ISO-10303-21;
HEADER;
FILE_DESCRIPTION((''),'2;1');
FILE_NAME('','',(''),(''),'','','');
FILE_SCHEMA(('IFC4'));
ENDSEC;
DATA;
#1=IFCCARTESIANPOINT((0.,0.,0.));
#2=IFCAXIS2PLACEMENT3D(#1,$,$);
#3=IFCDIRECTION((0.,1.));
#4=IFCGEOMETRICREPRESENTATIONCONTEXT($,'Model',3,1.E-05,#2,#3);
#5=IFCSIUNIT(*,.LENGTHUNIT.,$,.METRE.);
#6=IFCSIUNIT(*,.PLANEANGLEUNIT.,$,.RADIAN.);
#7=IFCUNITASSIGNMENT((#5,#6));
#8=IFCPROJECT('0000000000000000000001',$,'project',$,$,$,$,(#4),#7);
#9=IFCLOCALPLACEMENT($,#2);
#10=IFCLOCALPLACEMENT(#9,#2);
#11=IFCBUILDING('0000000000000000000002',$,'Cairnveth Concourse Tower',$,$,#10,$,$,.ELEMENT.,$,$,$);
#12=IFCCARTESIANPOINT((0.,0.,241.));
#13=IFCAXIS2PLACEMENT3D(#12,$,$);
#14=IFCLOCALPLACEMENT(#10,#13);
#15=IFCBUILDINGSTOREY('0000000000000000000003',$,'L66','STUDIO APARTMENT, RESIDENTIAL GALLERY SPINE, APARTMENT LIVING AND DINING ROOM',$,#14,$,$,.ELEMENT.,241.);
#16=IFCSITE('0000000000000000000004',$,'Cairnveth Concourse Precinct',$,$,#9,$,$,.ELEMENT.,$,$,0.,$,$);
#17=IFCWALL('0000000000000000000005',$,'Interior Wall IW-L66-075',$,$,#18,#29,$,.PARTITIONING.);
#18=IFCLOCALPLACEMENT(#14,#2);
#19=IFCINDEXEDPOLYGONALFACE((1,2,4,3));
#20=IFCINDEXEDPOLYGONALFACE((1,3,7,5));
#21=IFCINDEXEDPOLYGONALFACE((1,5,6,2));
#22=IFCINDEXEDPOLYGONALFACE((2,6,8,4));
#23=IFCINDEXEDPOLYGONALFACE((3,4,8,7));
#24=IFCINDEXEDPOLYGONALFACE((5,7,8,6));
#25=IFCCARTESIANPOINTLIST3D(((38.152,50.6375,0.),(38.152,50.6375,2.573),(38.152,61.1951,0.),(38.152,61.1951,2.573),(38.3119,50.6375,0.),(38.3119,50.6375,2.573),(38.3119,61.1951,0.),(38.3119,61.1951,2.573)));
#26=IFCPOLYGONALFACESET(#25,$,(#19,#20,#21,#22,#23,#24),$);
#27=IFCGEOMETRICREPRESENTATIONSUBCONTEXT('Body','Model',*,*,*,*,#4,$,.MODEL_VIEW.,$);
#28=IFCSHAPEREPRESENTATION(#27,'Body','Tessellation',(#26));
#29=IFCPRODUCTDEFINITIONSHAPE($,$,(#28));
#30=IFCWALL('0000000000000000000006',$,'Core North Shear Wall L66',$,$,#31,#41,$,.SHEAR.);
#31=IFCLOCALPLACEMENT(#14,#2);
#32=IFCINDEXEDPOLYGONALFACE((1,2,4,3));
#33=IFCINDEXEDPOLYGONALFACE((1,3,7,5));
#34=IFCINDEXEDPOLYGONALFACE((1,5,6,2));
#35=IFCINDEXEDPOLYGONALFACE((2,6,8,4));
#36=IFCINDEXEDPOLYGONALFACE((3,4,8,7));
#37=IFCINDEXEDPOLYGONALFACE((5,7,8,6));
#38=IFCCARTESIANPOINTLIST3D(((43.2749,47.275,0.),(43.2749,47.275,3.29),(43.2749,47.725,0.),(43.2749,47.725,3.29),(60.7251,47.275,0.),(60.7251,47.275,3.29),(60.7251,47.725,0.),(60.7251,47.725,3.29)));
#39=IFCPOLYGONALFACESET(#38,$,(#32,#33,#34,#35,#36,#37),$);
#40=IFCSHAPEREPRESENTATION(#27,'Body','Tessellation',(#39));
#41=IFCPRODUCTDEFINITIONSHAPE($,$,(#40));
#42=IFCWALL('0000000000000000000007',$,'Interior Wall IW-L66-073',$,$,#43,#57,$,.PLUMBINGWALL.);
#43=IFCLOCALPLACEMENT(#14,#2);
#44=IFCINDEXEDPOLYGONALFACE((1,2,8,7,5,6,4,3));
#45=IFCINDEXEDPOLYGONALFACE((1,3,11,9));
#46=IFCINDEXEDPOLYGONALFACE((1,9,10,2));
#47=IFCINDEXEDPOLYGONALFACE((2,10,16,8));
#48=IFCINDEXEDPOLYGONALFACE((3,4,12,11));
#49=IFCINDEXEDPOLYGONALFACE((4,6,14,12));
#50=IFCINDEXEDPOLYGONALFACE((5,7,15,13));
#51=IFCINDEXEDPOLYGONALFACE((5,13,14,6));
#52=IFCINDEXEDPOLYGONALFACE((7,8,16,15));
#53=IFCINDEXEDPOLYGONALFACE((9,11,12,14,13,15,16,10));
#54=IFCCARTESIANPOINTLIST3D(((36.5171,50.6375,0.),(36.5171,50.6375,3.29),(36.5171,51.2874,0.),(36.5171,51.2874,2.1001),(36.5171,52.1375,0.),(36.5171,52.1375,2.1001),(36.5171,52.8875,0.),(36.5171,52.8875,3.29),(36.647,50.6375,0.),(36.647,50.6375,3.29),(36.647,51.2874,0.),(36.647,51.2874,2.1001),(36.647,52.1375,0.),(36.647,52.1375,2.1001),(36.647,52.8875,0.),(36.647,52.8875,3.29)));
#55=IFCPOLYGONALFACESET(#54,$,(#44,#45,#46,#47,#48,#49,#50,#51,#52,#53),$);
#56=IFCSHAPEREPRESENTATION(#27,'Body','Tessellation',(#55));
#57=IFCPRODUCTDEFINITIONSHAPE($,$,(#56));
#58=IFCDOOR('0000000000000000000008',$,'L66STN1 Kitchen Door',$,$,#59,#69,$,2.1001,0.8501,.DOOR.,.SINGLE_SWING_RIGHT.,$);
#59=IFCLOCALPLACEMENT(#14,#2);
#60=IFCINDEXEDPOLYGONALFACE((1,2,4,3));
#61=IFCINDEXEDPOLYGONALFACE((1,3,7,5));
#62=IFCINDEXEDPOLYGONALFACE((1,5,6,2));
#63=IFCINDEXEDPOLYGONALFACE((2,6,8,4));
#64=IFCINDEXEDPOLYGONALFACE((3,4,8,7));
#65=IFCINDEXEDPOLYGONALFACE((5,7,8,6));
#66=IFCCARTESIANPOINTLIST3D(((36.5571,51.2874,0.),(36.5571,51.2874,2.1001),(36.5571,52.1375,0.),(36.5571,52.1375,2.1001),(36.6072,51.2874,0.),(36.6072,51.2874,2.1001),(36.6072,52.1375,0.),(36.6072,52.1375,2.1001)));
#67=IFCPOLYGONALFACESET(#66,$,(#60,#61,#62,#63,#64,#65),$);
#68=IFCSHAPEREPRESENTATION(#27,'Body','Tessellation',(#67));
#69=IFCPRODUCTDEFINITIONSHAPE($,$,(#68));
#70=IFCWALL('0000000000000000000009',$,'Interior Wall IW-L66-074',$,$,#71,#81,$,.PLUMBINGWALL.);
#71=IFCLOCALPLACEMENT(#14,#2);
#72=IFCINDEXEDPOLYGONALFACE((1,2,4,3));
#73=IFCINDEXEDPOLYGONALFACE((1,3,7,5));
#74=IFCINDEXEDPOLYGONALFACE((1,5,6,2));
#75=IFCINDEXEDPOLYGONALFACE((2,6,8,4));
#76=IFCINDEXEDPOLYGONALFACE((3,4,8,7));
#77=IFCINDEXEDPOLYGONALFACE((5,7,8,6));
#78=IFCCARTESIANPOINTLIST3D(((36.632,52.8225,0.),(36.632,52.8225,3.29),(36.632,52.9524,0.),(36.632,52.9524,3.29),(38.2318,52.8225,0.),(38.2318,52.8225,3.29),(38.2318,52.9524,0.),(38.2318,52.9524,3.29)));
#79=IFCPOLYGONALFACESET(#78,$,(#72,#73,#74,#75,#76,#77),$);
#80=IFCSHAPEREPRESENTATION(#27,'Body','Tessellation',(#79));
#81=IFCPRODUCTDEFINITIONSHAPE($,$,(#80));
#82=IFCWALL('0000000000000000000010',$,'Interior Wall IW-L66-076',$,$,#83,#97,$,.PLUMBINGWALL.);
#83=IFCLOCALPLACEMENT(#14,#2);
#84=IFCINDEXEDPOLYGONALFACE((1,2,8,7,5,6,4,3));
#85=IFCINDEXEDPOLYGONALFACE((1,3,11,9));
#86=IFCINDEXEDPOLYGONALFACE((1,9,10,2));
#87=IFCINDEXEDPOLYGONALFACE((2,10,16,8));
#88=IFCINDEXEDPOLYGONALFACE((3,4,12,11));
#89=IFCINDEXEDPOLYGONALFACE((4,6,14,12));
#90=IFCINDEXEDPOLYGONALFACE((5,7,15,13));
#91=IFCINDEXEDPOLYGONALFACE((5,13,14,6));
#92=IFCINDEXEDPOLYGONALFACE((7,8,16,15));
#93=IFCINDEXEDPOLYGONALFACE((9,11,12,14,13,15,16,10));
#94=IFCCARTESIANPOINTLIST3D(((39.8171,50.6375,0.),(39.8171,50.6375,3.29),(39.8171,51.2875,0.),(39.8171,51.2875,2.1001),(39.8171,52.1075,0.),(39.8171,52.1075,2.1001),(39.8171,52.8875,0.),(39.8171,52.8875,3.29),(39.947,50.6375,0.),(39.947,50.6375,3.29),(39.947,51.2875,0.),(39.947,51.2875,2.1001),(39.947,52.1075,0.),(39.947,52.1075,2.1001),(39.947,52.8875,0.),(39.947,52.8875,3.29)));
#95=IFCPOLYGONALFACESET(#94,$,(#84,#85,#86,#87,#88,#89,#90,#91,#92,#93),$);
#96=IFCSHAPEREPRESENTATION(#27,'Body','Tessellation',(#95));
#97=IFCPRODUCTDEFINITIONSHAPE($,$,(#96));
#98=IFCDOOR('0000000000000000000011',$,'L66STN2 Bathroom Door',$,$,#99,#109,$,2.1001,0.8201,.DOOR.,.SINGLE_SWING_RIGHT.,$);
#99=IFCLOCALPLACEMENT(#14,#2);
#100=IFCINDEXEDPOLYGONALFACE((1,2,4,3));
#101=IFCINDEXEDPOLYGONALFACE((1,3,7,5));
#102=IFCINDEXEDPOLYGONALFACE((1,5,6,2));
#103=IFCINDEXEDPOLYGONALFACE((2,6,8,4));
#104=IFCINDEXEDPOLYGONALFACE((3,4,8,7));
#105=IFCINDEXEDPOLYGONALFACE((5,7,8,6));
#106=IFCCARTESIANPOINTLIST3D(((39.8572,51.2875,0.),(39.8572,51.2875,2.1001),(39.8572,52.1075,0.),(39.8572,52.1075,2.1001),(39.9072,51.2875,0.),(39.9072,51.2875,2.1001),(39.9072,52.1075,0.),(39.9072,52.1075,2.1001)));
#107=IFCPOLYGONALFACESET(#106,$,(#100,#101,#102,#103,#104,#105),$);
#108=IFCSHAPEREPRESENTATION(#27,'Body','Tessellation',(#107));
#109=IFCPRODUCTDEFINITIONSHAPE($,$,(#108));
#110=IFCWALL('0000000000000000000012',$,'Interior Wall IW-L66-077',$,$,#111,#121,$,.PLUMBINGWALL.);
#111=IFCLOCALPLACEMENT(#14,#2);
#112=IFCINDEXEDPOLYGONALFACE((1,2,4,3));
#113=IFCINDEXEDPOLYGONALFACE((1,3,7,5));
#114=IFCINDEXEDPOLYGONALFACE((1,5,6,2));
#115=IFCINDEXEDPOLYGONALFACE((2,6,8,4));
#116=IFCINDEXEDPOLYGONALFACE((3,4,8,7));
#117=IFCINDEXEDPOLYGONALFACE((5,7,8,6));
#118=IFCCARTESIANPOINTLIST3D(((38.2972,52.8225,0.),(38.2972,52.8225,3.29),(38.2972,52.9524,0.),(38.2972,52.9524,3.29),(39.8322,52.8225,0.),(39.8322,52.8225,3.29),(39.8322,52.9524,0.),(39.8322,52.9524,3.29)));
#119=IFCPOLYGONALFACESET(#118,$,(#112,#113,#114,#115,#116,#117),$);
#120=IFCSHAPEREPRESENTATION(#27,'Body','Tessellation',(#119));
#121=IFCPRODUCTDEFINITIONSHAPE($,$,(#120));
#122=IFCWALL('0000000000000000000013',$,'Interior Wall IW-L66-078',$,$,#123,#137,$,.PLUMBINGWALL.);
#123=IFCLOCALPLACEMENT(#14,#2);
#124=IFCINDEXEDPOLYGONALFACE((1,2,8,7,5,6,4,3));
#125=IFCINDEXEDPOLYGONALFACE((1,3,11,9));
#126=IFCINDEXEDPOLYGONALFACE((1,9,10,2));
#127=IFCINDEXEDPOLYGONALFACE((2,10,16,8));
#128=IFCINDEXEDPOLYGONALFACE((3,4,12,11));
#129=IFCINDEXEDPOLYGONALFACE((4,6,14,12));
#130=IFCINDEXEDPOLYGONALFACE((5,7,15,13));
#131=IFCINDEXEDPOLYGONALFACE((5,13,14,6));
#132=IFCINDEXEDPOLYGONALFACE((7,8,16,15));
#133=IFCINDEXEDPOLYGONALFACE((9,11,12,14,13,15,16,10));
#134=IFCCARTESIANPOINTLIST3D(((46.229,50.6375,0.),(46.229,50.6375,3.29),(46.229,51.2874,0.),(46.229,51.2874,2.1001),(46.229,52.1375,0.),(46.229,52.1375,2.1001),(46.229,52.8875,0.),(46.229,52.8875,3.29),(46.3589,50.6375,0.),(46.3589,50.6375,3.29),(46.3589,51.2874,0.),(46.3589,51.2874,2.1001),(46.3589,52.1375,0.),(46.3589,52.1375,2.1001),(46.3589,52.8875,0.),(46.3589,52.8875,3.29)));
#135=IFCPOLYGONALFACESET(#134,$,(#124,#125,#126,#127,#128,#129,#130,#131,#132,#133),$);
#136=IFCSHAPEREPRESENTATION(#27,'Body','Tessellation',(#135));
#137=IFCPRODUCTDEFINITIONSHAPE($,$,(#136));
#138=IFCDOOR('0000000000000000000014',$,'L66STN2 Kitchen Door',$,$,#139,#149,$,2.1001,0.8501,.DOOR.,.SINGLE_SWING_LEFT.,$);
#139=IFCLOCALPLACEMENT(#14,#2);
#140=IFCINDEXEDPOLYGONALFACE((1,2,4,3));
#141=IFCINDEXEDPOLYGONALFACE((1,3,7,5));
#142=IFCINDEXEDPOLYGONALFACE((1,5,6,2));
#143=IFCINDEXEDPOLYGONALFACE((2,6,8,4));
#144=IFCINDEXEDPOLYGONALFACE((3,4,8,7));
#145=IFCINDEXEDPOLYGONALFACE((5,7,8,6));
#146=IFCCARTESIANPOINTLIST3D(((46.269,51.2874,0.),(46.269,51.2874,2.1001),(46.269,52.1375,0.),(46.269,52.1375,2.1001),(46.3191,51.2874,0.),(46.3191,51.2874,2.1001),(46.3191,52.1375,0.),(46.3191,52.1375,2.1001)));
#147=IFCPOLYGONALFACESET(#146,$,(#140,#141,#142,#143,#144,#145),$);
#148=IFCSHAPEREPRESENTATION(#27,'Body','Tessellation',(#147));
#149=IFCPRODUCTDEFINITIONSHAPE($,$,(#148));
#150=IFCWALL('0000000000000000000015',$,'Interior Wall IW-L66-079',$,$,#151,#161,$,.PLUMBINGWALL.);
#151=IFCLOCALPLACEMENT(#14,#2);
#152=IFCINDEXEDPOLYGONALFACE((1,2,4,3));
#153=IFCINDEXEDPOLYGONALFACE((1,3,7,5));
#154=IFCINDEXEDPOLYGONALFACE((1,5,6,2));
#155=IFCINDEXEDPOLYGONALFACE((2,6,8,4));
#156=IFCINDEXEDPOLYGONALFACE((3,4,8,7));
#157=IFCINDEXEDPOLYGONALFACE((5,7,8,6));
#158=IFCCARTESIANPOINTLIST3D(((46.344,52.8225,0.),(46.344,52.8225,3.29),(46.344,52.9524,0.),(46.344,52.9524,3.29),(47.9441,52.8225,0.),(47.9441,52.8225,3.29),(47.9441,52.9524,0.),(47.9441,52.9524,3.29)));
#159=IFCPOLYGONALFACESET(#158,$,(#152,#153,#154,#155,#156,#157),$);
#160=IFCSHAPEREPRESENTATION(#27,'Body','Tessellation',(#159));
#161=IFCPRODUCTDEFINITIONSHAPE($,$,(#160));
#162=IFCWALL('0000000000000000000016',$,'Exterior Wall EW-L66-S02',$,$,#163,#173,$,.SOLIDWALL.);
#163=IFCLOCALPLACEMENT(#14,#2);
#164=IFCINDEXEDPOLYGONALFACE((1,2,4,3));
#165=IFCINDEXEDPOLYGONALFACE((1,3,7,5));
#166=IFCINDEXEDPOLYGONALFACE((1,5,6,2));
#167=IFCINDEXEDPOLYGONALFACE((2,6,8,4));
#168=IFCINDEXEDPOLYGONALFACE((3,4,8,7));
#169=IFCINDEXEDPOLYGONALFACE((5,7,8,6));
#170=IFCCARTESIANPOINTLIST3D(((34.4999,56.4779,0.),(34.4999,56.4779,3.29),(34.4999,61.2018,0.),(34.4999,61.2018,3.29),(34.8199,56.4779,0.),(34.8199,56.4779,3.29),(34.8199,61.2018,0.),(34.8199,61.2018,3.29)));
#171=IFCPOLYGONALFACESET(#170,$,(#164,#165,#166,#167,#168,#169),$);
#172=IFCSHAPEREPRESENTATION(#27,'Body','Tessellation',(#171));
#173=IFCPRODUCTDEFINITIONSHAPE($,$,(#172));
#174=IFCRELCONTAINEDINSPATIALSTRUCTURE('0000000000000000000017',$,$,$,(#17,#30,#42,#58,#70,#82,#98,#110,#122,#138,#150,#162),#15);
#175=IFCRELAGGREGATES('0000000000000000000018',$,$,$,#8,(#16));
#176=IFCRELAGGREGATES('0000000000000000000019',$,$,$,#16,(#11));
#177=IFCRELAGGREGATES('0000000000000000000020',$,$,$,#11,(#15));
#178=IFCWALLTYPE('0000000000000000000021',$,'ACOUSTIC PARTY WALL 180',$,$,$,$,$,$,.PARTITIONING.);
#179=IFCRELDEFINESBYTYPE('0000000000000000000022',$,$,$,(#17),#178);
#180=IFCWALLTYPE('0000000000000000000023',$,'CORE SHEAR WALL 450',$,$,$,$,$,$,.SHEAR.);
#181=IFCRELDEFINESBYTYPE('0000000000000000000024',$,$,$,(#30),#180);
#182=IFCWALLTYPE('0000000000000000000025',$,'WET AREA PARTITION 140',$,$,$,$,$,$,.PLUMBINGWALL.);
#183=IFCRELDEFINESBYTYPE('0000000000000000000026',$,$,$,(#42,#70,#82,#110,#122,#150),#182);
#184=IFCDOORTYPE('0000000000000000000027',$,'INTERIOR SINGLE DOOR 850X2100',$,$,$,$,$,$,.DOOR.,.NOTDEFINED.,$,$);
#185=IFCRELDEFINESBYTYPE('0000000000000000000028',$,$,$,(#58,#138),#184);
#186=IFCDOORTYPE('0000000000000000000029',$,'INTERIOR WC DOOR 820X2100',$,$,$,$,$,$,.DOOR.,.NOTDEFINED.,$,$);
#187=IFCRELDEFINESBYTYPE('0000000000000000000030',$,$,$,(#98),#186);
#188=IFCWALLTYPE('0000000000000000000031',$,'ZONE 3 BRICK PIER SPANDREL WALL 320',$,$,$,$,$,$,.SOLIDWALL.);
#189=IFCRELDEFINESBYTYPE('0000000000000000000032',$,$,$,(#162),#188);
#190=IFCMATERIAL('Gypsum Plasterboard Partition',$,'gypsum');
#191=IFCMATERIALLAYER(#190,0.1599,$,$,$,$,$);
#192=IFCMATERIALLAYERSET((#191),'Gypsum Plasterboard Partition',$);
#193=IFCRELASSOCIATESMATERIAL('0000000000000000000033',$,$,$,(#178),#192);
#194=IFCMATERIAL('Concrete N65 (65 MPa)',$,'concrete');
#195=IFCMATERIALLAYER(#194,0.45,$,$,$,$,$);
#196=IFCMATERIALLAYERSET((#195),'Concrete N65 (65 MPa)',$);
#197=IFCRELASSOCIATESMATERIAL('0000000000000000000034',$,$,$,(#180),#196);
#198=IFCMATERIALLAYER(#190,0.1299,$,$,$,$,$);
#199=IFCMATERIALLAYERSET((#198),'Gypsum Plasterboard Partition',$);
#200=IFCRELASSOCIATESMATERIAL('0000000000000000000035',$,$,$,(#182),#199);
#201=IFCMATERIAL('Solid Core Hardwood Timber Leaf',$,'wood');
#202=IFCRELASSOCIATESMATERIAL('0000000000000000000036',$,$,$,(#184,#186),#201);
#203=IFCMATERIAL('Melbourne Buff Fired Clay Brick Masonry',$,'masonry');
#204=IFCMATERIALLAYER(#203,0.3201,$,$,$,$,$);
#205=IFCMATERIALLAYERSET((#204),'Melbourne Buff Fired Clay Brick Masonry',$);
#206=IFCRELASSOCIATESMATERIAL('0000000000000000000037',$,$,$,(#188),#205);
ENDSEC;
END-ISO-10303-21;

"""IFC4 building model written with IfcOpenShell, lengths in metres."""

from ifc_helpers import new_model, si_unit, direction, frame, frame_2d, origin, place, context, subcontext, project, spatial, rectangle, extrude, material, layer, layer_set, type_object, element, fill, save


model = new_model("IFC4")

# Units and contexts
model_context = context("Model", 3, precision=1e-05, world=origin(), true_north=direction((0.0, 1.0)))
body_context = subcontext(model_context, "Body", "Model", "MODEL_VIEW")
ifc_project = project(units=[si_unit("LENGTHUNIT", "METRE"), si_unit("PLANEANGLEUNIT", "RADIAN")], contexts=[model_context])

# Site, building, storey
site_placement = place(None, origin())
site = spatial("IfcSite", under=ifc_project, at=site_placement, Name="Cairnveth Concourse Precinct", CompositionType="ELEMENT", RefElevation=0.0)
building_placement = place(site_placement, origin())
building = spatial("IfcBuilding", under=site, at=building_placement, Name="Cairnveth Concourse Tower", CompositionType="ELEMENT")
storey_placement = place(building_placement, frame((0.0, 0.0, 241.0)))
storey = spatial("IfcBuildingStorey", under=building, at=storey_placement, Name="L66", Description="STUDIO APARTMENT, RESIDENTIAL GALLERY SPINE, APARTMENT LIVING AND DINING ROOM", CompositionType="ELEMENT", Elevation=241.0)

# Shared definitions
ifc_material_1 = material(Name="Concrete N65 (65 MPa)", Category="concrete")

# Walls
ifc_material_2 = material(Name="Gypsum Plasterboard Partition", Category="gypsum")
ifc_layer_1 = layer(ifc_material_2, 0.1599)
ifc_layer_set_1 = layer_set([ifc_layer_1], Name="Gypsum Plasterboard Partition")
wall_type_1 = type_object("IfcWallType", Name="ACOUSTIC PARTY WALL 180", PredefinedType="PARTITIONING", material=ifc_layer_set_1)
wall_1_placement = place(storey_placement, frame((38.2319, 50.6375, 0.0), z_axis=(0.0, 0.0, 1.0), x_axis=(0.0, 1.0, 0.0)))
element("IfcWall", 1, at=wall_1_placement, inside=storey, type_object=wall_type_1, Name="Interior Wall IW-L66-075", PredefinedType="PARTITIONING", context=body_context, shape_type="SweptSolid", body=[
    extrude(rectangle(XDim=10.5576, YDim=0.1599, at=frame_2d((5.2788, 0.0))), origin(), (0.0, 0.0, 1.0), 2.573),
])
ifc_layer_2 = layer(ifc_material_1, 0.45)
ifc_layer_set_2 = layer_set([ifc_layer_2], Name="Concrete N65 (65 MPa)")
wall_type_2 = type_object("IfcWallType", Name="CORE SHEAR WALL 450", PredefinedType="SHEAR", material=ifc_layer_set_2)
wall_2_placement = place(storey_placement, frame((43.2749, 47.5, 0.0), z_axis=(0.0, 0.0, 1.0), x_axis=(1.0, 0.0, 0.0)))
element("IfcWall", 2, at=wall_2_placement, inside=storey, type_object=wall_type_2, Name="Core North Shear Wall L66", PredefinedType="SHEAR", context=body_context, shape_type="SweptSolid", body=[
    extrude(rectangle(XDim=17.4502, YDim=0.45, at=frame_2d((8.7251, 0.0))), origin(), (0.0, 0.0, 1.0), 3.29),
])

# Wall, opening, door
ifc_layer_3 = layer(ifc_material_2, 0.1299)
ifc_layer_set_3 = layer_set([ifc_layer_3], Name="Gypsum Plasterboard Partition")
wall_type_3 = type_object("IfcWallType", Name="WET AREA PARTITION 140", PredefinedType="PLUMBINGWALL", material=ifc_layer_set_3)
wall_3_placement = place(storey_placement, frame((36.582, 50.6375, 0.0), z_axis=(0.0, 0.0, 1.0), x_axis=(0.0, 1.0, 0.0)))
wall_3 = element("IfcWall", 3, at=wall_3_placement, inside=storey, type_object=wall_type_3, Name="Interior Wall IW-L66-073", PredefinedType="PLUMBINGWALL", context=body_context, shape_type="SweptSolid", body=[
    extrude(rectangle(XDim=2.25, YDim=0.1299, at=frame_2d((1.125, 0.0))), origin(), (0.0, 0.0, 1.0), 3.29),
])
opening_1_placement = place(wall_3_placement, frame((0.6499, 0.0, 0.0)))
opening_1 = element("IfcOpeningElement", 4, at=opening_1_placement, cuts=wall_3, PredefinedType="OPENING", context=body_context, shape_type="SweptSolid", body=[
    extrude(rectangle(XDim=0.8501, YDim=2.1001, at=frame_2d((0.425, 1.05))), frame((0.0, 0.075, 0.0), z_axis=(0.0, -1.0, 0.0), x_axis=(1.0, 0.0, 0.0)), (0.0, 0.0, 1.0), 0.1499),
])
ifc_material_3 = material(Name="Solid Core Hardwood Timber Leaf", Category="wood")
door_type_1 = type_object("IfcDoorType", Name="INTERIOR SINGLE DOOR 850X2100", OperationType="NOTDEFINED", PredefinedType="DOOR", material=ifc_material_3)
door_1_placement = place(opening_1_placement, origin())
door_1 = element("IfcDoor", 5, at=door_1_placement, inside=storey, type_object=door_type_1, Name="L66STN1 Kitchen Door", OperationType="SINGLE_SWING_RIGHT", OverallHeight=2.1001, OverallWidth=0.8501, PredefinedType="DOOR", context=body_context, shape_type="SweptSolid", body=[
    extrude(rectangle(XDim=0.8501, YDim=2.1001, at=frame_2d((0.425, 1.05))), frame((0.0, 0.0249, 0.0), z_axis=(0.0, -1.0, 0.0), x_axis=(1.0, 0.0, 0.0)), (0.0, 0.0, 1.0), 0.05),
])
fill(opening_1, door_1)

# Wall
wall_4_placement = place(storey_placement, frame((36.6321, 52.8875, 0.0), z_axis=(0.0, 0.0, 1.0), x_axis=(1.0, 0.0, 0.0)))
element("IfcWall", 6, at=wall_4_placement, inside=storey, type_object=wall_type_3, Name="Interior Wall IW-L66-074", PredefinedType="PLUMBINGWALL", context=body_context, shape_type="SweptSolid", body=[
    extrude(rectangle(XDim=1.5999, YDim=0.1299, at=frame_2d((0.7998, 0.0))), origin(), (0.0, 0.0, 1.0), 3.29),
])

# Wall, opening, door
wall_5_placement = place(storey_placement, frame((39.8821, 50.6375, 0.0), z_axis=(0.0, 0.0, 1.0), x_axis=(0.0, 1.0, 0.0)))
wall_5 = element("IfcWall", 7, at=wall_5_placement, inside=storey, type_object=wall_type_3, Name="Interior Wall IW-L66-076", PredefinedType="PLUMBINGWALL", context=body_context, shape_type="SweptSolid", body=[
    extrude(rectangle(XDim=2.25, YDim=0.1299, at=frame_2d((1.125, 0.0))), origin(), (0.0, 0.0, 1.0), 3.29),
])
opening_2_placement = place(wall_5_placement, frame((0.6499, 0.0, 0.0)))
opening_2 = element("IfcOpeningElement", 8, at=opening_2_placement, cuts=wall_5, PredefinedType="OPENING", context=body_context, shape_type="SweptSolid", body=[
    extrude(rectangle(XDim=0.8201, YDim=2.1001, at=frame_2d((0.4102, 1.05))), frame((0.0, 0.075, 0.0), z_axis=(0.0, -1.0, 0.0), x_axis=(1.0, 0.0, 0.0)), (0.0, 0.0, 1.0), 0.1499),
])
door_type_2 = type_object("IfcDoorType", Name="INTERIOR WC DOOR 820X2100", OperationType="NOTDEFINED", PredefinedType="DOOR", material=ifc_material_3)
door_2_placement = place(opening_2_placement, origin())
door_2 = element("IfcDoor", 9, at=door_2_placement, inside=storey, type_object=door_type_2, Name="L66STN2 Bathroom Door", OperationType="SINGLE_SWING_RIGHT", OverallHeight=2.1001, OverallWidth=0.8201, PredefinedType="DOOR", context=body_context, shape_type="SweptSolid", body=[
    extrude(rectangle(XDim=0.8201, YDim=2.1001, at=frame_2d((0.4102, 1.05))), frame((0.0, 0.0249, 0.0), z_axis=(0.0, -1.0, 0.0), x_axis=(1.0, 0.0, 0.0)), (0.0, 0.0, 1.0), 0.05),
])
fill(opening_2, door_2)

# Wall
wall_6_placement = place(storey_placement, frame((38.2971, 52.8875, 0.0), z_axis=(0.0, 0.0, 1.0), x_axis=(1.0, 0.0, 0.0)))
element("IfcWall", 10, at=wall_6_placement, inside=storey, type_object=wall_type_3, Name="Interior Wall IW-L66-077", PredefinedType="PLUMBINGWALL", context=body_context, shape_type="SweptSolid", body=[
    extrude(rectangle(XDim=1.5349, YDim=0.1299, at=frame_2d((0.7676, 0.0))), origin(), (0.0, 0.0, 1.0), 3.29),
])

# Wall, opening, door
wall_7_placement = place(storey_placement, frame((46.2939, 50.6375, 0.0), z_axis=(0.0, 0.0, 1.0), x_axis=(0.0, 1.0, 0.0)))
wall_7 = element("IfcWall", 11, at=wall_7_placement, inside=storey, type_object=wall_type_3, Name="Interior Wall IW-L66-078", PredefinedType="PLUMBINGWALL", context=body_context, shape_type="SweptSolid", body=[
    extrude(rectangle(XDim=2.25, YDim=0.1299, at=frame_2d((1.125, 0.0))), origin(), (0.0, 0.0, 1.0), 3.29),
])
opening_3_placement = place(wall_7_placement, frame((0.6499, 0.0, 0.0)))
opening_3 = element("IfcOpeningElement", 12, at=opening_3_placement, cuts=wall_7, PredefinedType="OPENING", context=body_context, shape_type="SweptSolid", body=[
    extrude(rectangle(XDim=0.8501, YDim=2.1001, at=frame_2d((0.425, 1.05))), frame((0.0, 0.075, 0.0), z_axis=(0.0, -1.0, 0.0), x_axis=(1.0, 0.0, 0.0)), (0.0, 0.0, 1.0), 0.1499),
])
door_3_placement = place(opening_3_placement, origin())
door_3 = element("IfcDoor", 13, at=door_3_placement, inside=storey, type_object=door_type_1, Name="L66STN2 Kitchen Door", OperationType="SINGLE_SWING_LEFT", OverallHeight=2.1001, OverallWidth=0.8501, PredefinedType="DOOR", context=body_context, shape_type="SweptSolid", body=[
    extrude(rectangle(XDim=0.8501, YDim=2.1001, at=frame_2d((0.425, 1.05))), frame((0.0, 0.0249, 0.0), z_axis=(0.0, -1.0, 0.0), x_axis=(1.0, 0.0, 0.0)), (0.0, 0.0, 1.0), 0.05),
])
fill(opening_3, door_3)

# Walls
wall_8_placement = place(storey_placement, frame((46.344, 52.8875, 0.0), z_axis=(0.0, 0.0, 1.0), x_axis=(1.0, 0.0, 0.0)))
element("IfcWall", 14, at=wall_8_placement, inside=storey, type_object=wall_type_3, Name="Interior Wall IW-L66-079", PredefinedType="PLUMBINGWALL", context=body_context, shape_type="SweptSolid", body=[
    extrude(rectangle(XDim=1.6001, YDim=0.1299, at=frame_2d((0.8, 0.0))), origin(), (0.0, 0.0, 1.0), 3.29),
])
ifc_material_4 = material(Name="Melbourne Buff Fired Clay Brick Masonry", Category="masonry")
ifc_layer_4 = layer(ifc_material_4, 0.3201)
ifc_layer_set_4 = layer_set([ifc_layer_4], Name="Melbourne Buff Fired Clay Brick Masonry")
wall_type_4 = type_object("IfcWallType", Name="ZONE 3 BRICK PIER SPANDREL WALL 320", PredefinedType="SOLIDWALL", material=ifc_layer_set_4)
wall_9_placement = place(storey_placement, frame((34.6599, 56.478, 0.0), z_axis=(0.0, 0.0, 1.0), x_axis=(0.0, 1.0, 0.0)))
element("IfcWall", 15, at=wall_9_placement, inside=storey, type_object=wall_type_4, Name="Exterior Wall EW-L66-S02", PredefinedType="SOLIDWALL", context=body_context, shape_type="SweptSolid", body=[
    extrude(rectangle(XDim=4.7239, YDim=0.3201, at=frame_2d((2.3618, 0.0))), origin(), (0.0, 0.0, 1.0), 3.29),
])

save(model, "model.ifc")
